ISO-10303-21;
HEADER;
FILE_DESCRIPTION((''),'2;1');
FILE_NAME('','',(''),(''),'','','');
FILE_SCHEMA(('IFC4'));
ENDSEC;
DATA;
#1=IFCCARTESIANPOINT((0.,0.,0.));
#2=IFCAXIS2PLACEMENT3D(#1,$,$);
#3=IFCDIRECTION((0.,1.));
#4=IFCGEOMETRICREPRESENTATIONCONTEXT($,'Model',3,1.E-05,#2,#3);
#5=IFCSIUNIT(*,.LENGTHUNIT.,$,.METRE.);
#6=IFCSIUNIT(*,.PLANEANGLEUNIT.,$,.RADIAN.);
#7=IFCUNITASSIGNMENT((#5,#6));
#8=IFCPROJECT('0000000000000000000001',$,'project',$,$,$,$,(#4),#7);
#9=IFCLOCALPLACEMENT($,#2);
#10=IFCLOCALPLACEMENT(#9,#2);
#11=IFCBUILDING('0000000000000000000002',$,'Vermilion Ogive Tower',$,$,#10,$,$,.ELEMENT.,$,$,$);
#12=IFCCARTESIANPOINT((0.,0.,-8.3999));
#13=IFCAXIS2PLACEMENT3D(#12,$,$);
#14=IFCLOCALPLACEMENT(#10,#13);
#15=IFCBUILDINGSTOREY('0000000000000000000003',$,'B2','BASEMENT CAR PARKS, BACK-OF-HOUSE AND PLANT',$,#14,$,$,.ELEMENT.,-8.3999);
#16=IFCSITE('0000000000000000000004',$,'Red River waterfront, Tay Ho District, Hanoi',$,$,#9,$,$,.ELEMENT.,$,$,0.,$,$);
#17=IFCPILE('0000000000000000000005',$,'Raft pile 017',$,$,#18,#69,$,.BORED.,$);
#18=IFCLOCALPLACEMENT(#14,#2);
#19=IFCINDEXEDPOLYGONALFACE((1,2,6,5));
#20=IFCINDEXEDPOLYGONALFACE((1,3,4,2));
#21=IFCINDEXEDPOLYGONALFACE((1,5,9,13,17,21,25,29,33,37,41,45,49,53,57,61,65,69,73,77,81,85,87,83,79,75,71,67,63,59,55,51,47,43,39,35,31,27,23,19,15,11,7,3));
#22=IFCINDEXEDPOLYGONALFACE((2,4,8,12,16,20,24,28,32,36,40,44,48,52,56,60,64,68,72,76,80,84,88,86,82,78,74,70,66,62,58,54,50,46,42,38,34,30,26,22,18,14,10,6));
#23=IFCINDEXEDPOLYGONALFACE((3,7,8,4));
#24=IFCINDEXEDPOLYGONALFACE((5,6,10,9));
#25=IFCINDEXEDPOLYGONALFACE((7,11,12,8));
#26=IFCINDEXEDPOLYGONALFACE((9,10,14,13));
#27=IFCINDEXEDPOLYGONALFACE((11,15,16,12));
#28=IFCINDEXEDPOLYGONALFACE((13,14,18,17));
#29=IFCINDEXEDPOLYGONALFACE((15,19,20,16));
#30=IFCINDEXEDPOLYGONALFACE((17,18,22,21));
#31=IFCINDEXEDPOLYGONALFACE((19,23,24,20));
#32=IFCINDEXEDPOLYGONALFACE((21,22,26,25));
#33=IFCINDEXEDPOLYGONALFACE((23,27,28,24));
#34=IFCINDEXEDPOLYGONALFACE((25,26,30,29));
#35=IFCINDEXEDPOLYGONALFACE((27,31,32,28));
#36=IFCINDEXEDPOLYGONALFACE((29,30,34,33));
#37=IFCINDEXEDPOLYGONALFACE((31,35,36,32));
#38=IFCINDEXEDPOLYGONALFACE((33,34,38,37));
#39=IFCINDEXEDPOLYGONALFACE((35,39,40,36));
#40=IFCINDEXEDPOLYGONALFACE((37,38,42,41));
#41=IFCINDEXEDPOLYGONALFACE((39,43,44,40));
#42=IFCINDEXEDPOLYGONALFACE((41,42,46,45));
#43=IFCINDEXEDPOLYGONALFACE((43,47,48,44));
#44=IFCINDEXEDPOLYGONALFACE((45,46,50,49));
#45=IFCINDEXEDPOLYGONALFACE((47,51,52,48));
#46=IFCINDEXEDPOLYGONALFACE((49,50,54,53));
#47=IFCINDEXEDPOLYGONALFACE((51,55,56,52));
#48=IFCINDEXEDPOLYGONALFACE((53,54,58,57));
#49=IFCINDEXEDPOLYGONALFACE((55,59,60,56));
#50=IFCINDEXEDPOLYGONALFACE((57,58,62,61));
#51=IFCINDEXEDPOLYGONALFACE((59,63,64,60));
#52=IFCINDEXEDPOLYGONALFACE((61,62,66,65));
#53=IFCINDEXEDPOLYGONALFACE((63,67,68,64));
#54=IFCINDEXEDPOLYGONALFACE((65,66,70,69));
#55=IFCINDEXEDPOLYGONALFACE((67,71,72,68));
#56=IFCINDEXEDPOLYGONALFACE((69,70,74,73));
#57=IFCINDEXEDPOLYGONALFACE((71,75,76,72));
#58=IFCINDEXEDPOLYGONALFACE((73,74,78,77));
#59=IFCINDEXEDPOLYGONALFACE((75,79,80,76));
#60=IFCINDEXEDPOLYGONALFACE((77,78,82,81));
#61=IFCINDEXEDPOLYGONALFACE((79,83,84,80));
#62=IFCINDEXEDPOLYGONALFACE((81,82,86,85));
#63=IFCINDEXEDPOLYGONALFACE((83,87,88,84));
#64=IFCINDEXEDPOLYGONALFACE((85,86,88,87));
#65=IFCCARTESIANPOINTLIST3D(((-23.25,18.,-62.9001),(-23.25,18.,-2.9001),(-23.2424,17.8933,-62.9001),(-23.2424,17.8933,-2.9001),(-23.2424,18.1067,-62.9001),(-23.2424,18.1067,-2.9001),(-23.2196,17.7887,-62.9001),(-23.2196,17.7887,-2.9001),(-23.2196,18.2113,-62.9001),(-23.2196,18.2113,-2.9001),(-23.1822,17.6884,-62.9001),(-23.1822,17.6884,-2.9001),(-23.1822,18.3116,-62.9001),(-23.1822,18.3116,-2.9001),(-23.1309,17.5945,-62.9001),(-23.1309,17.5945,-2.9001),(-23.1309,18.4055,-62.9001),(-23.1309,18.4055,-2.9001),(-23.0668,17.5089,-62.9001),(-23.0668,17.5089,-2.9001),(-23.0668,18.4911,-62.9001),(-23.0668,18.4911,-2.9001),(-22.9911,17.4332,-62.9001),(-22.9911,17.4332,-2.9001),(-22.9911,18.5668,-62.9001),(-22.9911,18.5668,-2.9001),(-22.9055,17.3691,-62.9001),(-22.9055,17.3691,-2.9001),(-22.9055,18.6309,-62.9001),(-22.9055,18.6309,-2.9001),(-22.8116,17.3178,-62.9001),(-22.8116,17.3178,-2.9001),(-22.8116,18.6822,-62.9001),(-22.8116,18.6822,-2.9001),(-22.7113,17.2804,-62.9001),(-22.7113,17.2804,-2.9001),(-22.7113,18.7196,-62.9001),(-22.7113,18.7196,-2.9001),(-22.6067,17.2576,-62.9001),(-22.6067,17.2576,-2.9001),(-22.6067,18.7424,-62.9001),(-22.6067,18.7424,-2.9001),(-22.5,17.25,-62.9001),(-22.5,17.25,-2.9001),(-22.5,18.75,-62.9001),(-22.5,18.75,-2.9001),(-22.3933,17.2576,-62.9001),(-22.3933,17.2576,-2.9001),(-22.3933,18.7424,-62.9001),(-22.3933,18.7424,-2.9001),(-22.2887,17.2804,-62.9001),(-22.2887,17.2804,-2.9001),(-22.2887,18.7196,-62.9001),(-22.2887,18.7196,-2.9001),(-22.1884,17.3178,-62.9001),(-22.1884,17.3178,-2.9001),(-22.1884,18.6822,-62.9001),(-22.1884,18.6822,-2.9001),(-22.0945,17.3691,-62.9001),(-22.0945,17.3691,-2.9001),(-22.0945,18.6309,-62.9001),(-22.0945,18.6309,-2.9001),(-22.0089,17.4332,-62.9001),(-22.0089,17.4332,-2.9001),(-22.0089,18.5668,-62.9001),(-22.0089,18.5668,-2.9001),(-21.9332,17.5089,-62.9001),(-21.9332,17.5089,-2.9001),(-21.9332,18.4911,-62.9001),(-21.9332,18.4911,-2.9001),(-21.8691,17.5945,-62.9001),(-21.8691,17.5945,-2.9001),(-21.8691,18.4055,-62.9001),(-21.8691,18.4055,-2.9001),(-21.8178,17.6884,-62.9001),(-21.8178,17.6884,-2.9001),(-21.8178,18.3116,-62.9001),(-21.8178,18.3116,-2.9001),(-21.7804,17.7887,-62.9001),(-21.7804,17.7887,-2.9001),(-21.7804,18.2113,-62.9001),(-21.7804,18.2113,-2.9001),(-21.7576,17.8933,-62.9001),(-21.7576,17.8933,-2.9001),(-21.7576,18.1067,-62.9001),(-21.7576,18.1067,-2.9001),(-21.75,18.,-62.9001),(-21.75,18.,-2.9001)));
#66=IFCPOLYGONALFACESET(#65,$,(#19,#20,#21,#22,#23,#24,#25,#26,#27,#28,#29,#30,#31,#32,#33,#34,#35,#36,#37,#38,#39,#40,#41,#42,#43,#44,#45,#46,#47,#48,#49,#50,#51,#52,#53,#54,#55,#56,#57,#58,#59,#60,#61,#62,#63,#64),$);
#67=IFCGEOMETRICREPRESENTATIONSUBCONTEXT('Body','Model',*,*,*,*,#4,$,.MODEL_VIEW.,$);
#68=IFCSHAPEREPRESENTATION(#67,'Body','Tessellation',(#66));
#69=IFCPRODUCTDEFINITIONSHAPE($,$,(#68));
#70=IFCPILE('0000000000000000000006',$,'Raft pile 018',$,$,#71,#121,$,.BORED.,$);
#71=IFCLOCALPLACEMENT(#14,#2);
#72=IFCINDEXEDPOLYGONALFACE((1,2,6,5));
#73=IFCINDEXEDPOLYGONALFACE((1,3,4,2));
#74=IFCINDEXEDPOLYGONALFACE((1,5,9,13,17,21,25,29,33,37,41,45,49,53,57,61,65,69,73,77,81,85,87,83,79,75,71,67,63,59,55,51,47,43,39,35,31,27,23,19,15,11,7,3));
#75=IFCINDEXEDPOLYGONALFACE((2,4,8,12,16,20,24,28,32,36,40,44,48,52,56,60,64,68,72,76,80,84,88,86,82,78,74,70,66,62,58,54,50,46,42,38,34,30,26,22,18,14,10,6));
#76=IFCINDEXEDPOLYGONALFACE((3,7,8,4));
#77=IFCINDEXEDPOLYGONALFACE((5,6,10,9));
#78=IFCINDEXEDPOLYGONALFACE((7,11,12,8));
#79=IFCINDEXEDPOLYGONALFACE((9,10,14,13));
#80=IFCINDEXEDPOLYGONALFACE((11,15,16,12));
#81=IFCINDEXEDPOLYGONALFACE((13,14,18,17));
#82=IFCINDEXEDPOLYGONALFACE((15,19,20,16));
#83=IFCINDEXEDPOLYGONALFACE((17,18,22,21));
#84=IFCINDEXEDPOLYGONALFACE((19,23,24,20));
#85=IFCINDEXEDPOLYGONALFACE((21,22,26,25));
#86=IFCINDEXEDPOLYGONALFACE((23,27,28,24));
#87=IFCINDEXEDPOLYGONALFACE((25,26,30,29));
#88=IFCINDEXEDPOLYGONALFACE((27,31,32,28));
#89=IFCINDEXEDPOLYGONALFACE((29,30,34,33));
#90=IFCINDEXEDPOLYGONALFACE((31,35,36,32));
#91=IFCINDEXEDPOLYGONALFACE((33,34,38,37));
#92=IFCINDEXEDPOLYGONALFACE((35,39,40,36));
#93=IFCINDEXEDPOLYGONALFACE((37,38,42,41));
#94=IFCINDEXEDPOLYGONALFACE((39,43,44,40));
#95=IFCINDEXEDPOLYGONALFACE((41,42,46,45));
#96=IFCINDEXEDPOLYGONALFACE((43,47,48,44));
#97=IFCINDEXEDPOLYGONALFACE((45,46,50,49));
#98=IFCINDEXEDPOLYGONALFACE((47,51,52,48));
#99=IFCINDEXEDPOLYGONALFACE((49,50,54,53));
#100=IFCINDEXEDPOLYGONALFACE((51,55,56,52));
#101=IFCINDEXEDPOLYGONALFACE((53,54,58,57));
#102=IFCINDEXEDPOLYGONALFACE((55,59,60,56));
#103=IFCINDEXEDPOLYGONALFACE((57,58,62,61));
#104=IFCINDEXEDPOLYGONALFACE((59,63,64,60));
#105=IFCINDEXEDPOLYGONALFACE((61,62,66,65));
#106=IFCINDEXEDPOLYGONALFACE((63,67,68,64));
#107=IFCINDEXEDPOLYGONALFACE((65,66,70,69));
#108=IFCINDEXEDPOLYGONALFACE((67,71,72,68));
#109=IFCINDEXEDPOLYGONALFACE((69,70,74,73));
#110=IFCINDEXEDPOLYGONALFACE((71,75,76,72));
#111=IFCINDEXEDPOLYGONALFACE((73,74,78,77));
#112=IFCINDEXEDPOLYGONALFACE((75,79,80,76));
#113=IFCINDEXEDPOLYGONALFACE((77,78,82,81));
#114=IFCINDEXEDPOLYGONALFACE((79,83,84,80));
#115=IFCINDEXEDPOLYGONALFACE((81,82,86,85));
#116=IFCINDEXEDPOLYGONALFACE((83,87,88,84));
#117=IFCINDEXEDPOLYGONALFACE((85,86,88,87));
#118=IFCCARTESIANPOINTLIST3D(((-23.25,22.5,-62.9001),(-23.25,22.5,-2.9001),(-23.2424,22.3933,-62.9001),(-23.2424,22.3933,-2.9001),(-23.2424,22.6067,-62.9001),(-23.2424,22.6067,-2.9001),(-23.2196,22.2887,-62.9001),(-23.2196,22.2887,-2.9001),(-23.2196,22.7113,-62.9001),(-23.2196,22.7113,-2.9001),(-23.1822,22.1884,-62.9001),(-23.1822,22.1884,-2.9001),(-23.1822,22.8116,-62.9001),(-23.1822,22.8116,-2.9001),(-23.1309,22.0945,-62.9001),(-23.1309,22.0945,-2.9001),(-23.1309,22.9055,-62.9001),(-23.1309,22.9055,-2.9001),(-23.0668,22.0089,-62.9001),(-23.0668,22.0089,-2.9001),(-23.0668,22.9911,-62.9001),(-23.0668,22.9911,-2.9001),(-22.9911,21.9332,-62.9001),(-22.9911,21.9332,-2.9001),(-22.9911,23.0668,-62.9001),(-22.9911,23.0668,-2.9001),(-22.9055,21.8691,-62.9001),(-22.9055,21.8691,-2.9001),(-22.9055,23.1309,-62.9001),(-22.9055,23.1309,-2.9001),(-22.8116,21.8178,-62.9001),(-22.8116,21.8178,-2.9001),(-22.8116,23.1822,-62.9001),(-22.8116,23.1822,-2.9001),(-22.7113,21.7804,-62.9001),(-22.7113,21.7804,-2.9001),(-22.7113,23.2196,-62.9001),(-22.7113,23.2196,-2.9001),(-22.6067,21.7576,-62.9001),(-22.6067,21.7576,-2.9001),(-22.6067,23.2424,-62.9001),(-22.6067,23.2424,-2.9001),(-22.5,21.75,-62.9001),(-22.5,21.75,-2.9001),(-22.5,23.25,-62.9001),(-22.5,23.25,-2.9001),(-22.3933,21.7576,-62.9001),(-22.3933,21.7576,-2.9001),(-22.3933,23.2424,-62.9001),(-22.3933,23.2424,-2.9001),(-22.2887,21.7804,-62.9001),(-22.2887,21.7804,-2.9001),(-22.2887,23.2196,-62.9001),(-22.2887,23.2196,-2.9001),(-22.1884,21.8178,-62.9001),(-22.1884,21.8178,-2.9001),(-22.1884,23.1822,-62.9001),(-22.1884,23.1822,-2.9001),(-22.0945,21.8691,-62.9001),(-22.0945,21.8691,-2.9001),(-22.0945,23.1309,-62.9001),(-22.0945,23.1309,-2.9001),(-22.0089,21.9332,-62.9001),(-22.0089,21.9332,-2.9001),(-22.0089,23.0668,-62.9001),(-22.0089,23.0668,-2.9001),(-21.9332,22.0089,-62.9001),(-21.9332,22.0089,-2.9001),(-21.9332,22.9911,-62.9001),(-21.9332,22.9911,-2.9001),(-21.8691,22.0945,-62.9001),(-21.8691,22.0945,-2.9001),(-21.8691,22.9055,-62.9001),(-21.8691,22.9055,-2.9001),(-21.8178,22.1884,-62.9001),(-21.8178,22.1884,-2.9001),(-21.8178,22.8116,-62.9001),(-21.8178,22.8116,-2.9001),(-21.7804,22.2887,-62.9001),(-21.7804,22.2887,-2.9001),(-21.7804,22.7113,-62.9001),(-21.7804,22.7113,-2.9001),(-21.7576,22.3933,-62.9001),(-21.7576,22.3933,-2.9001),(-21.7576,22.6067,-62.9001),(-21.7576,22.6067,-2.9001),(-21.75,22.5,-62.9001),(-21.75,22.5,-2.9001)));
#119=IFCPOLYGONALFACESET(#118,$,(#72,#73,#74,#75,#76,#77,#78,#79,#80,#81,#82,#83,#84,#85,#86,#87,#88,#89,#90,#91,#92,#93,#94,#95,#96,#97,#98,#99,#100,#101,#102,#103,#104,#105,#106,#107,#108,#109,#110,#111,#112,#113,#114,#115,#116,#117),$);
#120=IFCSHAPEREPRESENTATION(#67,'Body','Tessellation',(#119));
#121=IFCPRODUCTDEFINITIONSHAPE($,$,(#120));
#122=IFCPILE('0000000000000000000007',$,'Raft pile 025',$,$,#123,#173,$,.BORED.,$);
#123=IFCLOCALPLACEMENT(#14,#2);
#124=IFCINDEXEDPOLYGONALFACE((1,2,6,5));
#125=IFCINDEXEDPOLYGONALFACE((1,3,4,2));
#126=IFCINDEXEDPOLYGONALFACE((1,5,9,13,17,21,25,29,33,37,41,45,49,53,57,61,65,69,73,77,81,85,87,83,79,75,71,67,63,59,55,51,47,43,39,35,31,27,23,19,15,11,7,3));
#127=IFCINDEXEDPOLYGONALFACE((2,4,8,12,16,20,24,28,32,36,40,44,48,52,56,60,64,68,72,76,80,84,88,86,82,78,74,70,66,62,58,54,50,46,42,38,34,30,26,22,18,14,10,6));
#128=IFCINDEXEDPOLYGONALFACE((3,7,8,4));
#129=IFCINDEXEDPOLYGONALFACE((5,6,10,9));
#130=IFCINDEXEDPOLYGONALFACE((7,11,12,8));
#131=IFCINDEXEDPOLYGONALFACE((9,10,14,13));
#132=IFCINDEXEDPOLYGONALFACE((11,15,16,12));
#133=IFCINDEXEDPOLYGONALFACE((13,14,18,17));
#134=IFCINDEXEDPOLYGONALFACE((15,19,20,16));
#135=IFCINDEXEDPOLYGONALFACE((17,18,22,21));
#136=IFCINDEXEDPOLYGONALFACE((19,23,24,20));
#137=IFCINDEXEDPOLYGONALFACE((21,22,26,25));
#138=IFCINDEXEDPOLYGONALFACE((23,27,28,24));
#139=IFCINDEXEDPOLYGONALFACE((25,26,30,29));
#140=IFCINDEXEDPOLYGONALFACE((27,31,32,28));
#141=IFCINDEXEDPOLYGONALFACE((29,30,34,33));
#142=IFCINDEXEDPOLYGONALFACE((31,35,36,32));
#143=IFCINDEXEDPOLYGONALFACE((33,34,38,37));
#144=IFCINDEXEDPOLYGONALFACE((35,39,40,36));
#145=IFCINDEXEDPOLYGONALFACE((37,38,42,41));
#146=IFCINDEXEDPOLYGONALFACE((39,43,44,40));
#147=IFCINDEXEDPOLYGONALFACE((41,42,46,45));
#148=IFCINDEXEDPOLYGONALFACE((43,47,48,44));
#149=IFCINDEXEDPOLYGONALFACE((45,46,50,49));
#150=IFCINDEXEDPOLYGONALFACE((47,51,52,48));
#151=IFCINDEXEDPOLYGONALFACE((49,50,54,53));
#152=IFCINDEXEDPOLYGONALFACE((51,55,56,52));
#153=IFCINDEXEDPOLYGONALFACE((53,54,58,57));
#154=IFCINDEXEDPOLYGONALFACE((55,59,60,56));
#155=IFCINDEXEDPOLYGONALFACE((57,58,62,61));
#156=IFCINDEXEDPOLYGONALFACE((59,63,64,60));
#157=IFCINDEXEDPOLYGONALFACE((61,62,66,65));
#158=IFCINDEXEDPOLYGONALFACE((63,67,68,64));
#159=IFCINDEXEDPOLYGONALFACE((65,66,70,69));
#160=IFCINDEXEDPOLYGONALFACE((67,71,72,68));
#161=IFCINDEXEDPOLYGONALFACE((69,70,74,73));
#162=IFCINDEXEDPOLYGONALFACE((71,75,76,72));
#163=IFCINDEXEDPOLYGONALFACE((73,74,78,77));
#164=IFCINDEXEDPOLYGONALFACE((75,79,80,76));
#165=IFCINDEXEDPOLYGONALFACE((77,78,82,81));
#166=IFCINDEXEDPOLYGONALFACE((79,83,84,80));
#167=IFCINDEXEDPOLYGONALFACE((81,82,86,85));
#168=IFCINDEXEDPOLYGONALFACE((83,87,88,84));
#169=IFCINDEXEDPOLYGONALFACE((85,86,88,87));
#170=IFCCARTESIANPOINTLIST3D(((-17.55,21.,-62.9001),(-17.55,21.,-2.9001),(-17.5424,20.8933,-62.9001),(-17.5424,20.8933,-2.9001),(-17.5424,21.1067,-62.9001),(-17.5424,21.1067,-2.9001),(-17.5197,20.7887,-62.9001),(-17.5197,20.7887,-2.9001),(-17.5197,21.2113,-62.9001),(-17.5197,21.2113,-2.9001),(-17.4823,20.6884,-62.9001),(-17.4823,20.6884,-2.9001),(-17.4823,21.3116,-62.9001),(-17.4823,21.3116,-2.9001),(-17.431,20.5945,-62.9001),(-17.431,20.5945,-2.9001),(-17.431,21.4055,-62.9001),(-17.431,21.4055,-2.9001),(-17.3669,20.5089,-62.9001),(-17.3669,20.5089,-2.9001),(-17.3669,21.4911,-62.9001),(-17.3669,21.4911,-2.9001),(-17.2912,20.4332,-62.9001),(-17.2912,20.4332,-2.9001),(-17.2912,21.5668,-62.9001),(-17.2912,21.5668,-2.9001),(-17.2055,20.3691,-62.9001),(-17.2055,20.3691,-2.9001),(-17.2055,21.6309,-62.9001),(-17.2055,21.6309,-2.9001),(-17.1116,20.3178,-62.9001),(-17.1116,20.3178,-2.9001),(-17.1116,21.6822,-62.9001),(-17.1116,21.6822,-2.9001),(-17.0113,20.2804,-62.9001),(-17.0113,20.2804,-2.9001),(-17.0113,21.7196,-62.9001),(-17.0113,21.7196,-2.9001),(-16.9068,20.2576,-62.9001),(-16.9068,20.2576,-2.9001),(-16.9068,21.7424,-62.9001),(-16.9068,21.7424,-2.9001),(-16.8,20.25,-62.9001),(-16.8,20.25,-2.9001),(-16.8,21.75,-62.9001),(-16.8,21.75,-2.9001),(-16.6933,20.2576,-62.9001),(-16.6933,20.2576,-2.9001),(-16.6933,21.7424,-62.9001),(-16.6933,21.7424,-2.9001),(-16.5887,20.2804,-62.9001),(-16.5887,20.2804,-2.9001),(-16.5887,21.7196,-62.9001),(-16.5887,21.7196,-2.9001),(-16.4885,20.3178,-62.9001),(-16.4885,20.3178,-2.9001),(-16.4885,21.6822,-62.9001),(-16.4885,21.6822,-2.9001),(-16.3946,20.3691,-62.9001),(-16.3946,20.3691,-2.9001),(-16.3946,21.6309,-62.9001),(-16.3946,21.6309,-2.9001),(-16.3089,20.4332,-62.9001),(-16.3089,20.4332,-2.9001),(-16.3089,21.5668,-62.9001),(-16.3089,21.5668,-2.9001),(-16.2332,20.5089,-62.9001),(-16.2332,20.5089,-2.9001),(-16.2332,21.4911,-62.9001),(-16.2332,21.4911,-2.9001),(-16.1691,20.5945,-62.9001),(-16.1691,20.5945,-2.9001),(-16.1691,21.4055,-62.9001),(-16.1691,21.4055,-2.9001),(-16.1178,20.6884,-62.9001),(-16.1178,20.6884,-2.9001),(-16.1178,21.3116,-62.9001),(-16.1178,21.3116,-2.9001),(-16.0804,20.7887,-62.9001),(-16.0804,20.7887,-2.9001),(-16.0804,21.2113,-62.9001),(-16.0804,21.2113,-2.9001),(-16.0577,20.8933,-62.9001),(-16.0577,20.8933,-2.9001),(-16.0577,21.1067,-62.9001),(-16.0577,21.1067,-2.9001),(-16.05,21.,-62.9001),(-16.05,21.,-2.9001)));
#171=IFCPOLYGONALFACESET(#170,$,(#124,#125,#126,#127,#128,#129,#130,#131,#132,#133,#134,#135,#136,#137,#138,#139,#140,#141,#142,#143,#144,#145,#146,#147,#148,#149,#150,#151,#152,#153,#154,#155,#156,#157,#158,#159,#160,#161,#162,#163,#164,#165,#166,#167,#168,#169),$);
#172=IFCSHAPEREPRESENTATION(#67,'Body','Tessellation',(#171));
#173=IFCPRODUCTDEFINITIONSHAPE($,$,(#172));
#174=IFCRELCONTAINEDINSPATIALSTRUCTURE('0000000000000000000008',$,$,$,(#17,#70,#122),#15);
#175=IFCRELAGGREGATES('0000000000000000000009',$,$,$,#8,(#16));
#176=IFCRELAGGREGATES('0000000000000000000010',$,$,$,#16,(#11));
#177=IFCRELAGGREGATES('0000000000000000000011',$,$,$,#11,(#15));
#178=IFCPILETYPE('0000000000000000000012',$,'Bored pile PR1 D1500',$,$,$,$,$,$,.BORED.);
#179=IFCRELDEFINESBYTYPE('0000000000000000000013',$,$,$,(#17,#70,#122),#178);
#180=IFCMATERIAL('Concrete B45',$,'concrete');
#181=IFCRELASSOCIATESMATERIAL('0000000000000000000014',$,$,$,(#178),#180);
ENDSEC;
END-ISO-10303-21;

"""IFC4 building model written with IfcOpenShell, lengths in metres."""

from ifc_helpers import new_model, si_unit, direction, frame, origin, origin_2d, place, context, subcontext, project, spatial, circle, extrude, material, type_object, element, save


model = new_model("IFC4")

# Units and contexts
model_context = context("Model", 3, precision=1e-05, world=origin(), true_north=direction((0.0, 1.0)))
body_context = subcontext(model_context, "Body", "Model", "MODEL_VIEW")
ifc_project = project(units=[si_unit("LENGTHUNIT", "METRE"), si_unit("PLANEANGLEUNIT", "RADIAN")], contexts=[model_context])

# Site, building, storey
site_placement = place(None, origin())
site = spatial("IfcSite", under=ifc_project, at=site_placement, Name="Red River waterfront, Tay Ho District, Hanoi", CompositionType="ELEMENT", RefElevation=0.0)
building_placement = place(site_placement, origin())
building = spatial("IfcBuilding", under=site, at=building_placement, Name="Vermilion Ogive Tower", CompositionType="ELEMENT")
storey_placement = place(building_placement, frame((0.0, 0.0, -8.3999)))
storey = spatial("IfcBuildingStorey", under=building, at=storey_placement, Name="B2", Description="BASEMENT CAR PARKS, BACK-OF-HOUSE AND PLANT", CompositionType="ELEMENT", Elevation=-8.3999)

# Piles
ifc_material_1 = material(Name="Concrete B45", Category="concrete")
pile_type_1 = type_object("IfcPileType", Name="Bored pile PR1 D1500", PredefinedType="BORED", material=ifc_material_1)
for number, where, z_axis, x_axis, name in (
    (1, (-22.5, 18.0, -2.9001), (0.0, 0.0, -1.0), (1.0, 0.0, 0.0), "Raft pile 017"),
    (2, (-22.5, 22.5, -2.9001), (0.0, 0.0, -1.0), (1.0, 0.0, 0.0), "Raft pile 018"),
    (3, (-16.8, 21.0, -2.9001), (0.0, 0.0, -1.0), (1.0, 0.0, 0.0), "Raft pile 025"),
):
    element("IfcPile", number, at=place(storey_placement, frame(where, z_axis=z_axis, x_axis=x_axis)), inside=storey, type_object=pile_type_1, Name=name, PredefinedType="BORED", context=body_context, shape_type="SweptSolid", body=[
        extrude(circle(Radius=0.75, at=origin_2d()), origin(), (0.0, 0.0, 1.0), 60.0),
    ])

save(model, "model.ifc")
